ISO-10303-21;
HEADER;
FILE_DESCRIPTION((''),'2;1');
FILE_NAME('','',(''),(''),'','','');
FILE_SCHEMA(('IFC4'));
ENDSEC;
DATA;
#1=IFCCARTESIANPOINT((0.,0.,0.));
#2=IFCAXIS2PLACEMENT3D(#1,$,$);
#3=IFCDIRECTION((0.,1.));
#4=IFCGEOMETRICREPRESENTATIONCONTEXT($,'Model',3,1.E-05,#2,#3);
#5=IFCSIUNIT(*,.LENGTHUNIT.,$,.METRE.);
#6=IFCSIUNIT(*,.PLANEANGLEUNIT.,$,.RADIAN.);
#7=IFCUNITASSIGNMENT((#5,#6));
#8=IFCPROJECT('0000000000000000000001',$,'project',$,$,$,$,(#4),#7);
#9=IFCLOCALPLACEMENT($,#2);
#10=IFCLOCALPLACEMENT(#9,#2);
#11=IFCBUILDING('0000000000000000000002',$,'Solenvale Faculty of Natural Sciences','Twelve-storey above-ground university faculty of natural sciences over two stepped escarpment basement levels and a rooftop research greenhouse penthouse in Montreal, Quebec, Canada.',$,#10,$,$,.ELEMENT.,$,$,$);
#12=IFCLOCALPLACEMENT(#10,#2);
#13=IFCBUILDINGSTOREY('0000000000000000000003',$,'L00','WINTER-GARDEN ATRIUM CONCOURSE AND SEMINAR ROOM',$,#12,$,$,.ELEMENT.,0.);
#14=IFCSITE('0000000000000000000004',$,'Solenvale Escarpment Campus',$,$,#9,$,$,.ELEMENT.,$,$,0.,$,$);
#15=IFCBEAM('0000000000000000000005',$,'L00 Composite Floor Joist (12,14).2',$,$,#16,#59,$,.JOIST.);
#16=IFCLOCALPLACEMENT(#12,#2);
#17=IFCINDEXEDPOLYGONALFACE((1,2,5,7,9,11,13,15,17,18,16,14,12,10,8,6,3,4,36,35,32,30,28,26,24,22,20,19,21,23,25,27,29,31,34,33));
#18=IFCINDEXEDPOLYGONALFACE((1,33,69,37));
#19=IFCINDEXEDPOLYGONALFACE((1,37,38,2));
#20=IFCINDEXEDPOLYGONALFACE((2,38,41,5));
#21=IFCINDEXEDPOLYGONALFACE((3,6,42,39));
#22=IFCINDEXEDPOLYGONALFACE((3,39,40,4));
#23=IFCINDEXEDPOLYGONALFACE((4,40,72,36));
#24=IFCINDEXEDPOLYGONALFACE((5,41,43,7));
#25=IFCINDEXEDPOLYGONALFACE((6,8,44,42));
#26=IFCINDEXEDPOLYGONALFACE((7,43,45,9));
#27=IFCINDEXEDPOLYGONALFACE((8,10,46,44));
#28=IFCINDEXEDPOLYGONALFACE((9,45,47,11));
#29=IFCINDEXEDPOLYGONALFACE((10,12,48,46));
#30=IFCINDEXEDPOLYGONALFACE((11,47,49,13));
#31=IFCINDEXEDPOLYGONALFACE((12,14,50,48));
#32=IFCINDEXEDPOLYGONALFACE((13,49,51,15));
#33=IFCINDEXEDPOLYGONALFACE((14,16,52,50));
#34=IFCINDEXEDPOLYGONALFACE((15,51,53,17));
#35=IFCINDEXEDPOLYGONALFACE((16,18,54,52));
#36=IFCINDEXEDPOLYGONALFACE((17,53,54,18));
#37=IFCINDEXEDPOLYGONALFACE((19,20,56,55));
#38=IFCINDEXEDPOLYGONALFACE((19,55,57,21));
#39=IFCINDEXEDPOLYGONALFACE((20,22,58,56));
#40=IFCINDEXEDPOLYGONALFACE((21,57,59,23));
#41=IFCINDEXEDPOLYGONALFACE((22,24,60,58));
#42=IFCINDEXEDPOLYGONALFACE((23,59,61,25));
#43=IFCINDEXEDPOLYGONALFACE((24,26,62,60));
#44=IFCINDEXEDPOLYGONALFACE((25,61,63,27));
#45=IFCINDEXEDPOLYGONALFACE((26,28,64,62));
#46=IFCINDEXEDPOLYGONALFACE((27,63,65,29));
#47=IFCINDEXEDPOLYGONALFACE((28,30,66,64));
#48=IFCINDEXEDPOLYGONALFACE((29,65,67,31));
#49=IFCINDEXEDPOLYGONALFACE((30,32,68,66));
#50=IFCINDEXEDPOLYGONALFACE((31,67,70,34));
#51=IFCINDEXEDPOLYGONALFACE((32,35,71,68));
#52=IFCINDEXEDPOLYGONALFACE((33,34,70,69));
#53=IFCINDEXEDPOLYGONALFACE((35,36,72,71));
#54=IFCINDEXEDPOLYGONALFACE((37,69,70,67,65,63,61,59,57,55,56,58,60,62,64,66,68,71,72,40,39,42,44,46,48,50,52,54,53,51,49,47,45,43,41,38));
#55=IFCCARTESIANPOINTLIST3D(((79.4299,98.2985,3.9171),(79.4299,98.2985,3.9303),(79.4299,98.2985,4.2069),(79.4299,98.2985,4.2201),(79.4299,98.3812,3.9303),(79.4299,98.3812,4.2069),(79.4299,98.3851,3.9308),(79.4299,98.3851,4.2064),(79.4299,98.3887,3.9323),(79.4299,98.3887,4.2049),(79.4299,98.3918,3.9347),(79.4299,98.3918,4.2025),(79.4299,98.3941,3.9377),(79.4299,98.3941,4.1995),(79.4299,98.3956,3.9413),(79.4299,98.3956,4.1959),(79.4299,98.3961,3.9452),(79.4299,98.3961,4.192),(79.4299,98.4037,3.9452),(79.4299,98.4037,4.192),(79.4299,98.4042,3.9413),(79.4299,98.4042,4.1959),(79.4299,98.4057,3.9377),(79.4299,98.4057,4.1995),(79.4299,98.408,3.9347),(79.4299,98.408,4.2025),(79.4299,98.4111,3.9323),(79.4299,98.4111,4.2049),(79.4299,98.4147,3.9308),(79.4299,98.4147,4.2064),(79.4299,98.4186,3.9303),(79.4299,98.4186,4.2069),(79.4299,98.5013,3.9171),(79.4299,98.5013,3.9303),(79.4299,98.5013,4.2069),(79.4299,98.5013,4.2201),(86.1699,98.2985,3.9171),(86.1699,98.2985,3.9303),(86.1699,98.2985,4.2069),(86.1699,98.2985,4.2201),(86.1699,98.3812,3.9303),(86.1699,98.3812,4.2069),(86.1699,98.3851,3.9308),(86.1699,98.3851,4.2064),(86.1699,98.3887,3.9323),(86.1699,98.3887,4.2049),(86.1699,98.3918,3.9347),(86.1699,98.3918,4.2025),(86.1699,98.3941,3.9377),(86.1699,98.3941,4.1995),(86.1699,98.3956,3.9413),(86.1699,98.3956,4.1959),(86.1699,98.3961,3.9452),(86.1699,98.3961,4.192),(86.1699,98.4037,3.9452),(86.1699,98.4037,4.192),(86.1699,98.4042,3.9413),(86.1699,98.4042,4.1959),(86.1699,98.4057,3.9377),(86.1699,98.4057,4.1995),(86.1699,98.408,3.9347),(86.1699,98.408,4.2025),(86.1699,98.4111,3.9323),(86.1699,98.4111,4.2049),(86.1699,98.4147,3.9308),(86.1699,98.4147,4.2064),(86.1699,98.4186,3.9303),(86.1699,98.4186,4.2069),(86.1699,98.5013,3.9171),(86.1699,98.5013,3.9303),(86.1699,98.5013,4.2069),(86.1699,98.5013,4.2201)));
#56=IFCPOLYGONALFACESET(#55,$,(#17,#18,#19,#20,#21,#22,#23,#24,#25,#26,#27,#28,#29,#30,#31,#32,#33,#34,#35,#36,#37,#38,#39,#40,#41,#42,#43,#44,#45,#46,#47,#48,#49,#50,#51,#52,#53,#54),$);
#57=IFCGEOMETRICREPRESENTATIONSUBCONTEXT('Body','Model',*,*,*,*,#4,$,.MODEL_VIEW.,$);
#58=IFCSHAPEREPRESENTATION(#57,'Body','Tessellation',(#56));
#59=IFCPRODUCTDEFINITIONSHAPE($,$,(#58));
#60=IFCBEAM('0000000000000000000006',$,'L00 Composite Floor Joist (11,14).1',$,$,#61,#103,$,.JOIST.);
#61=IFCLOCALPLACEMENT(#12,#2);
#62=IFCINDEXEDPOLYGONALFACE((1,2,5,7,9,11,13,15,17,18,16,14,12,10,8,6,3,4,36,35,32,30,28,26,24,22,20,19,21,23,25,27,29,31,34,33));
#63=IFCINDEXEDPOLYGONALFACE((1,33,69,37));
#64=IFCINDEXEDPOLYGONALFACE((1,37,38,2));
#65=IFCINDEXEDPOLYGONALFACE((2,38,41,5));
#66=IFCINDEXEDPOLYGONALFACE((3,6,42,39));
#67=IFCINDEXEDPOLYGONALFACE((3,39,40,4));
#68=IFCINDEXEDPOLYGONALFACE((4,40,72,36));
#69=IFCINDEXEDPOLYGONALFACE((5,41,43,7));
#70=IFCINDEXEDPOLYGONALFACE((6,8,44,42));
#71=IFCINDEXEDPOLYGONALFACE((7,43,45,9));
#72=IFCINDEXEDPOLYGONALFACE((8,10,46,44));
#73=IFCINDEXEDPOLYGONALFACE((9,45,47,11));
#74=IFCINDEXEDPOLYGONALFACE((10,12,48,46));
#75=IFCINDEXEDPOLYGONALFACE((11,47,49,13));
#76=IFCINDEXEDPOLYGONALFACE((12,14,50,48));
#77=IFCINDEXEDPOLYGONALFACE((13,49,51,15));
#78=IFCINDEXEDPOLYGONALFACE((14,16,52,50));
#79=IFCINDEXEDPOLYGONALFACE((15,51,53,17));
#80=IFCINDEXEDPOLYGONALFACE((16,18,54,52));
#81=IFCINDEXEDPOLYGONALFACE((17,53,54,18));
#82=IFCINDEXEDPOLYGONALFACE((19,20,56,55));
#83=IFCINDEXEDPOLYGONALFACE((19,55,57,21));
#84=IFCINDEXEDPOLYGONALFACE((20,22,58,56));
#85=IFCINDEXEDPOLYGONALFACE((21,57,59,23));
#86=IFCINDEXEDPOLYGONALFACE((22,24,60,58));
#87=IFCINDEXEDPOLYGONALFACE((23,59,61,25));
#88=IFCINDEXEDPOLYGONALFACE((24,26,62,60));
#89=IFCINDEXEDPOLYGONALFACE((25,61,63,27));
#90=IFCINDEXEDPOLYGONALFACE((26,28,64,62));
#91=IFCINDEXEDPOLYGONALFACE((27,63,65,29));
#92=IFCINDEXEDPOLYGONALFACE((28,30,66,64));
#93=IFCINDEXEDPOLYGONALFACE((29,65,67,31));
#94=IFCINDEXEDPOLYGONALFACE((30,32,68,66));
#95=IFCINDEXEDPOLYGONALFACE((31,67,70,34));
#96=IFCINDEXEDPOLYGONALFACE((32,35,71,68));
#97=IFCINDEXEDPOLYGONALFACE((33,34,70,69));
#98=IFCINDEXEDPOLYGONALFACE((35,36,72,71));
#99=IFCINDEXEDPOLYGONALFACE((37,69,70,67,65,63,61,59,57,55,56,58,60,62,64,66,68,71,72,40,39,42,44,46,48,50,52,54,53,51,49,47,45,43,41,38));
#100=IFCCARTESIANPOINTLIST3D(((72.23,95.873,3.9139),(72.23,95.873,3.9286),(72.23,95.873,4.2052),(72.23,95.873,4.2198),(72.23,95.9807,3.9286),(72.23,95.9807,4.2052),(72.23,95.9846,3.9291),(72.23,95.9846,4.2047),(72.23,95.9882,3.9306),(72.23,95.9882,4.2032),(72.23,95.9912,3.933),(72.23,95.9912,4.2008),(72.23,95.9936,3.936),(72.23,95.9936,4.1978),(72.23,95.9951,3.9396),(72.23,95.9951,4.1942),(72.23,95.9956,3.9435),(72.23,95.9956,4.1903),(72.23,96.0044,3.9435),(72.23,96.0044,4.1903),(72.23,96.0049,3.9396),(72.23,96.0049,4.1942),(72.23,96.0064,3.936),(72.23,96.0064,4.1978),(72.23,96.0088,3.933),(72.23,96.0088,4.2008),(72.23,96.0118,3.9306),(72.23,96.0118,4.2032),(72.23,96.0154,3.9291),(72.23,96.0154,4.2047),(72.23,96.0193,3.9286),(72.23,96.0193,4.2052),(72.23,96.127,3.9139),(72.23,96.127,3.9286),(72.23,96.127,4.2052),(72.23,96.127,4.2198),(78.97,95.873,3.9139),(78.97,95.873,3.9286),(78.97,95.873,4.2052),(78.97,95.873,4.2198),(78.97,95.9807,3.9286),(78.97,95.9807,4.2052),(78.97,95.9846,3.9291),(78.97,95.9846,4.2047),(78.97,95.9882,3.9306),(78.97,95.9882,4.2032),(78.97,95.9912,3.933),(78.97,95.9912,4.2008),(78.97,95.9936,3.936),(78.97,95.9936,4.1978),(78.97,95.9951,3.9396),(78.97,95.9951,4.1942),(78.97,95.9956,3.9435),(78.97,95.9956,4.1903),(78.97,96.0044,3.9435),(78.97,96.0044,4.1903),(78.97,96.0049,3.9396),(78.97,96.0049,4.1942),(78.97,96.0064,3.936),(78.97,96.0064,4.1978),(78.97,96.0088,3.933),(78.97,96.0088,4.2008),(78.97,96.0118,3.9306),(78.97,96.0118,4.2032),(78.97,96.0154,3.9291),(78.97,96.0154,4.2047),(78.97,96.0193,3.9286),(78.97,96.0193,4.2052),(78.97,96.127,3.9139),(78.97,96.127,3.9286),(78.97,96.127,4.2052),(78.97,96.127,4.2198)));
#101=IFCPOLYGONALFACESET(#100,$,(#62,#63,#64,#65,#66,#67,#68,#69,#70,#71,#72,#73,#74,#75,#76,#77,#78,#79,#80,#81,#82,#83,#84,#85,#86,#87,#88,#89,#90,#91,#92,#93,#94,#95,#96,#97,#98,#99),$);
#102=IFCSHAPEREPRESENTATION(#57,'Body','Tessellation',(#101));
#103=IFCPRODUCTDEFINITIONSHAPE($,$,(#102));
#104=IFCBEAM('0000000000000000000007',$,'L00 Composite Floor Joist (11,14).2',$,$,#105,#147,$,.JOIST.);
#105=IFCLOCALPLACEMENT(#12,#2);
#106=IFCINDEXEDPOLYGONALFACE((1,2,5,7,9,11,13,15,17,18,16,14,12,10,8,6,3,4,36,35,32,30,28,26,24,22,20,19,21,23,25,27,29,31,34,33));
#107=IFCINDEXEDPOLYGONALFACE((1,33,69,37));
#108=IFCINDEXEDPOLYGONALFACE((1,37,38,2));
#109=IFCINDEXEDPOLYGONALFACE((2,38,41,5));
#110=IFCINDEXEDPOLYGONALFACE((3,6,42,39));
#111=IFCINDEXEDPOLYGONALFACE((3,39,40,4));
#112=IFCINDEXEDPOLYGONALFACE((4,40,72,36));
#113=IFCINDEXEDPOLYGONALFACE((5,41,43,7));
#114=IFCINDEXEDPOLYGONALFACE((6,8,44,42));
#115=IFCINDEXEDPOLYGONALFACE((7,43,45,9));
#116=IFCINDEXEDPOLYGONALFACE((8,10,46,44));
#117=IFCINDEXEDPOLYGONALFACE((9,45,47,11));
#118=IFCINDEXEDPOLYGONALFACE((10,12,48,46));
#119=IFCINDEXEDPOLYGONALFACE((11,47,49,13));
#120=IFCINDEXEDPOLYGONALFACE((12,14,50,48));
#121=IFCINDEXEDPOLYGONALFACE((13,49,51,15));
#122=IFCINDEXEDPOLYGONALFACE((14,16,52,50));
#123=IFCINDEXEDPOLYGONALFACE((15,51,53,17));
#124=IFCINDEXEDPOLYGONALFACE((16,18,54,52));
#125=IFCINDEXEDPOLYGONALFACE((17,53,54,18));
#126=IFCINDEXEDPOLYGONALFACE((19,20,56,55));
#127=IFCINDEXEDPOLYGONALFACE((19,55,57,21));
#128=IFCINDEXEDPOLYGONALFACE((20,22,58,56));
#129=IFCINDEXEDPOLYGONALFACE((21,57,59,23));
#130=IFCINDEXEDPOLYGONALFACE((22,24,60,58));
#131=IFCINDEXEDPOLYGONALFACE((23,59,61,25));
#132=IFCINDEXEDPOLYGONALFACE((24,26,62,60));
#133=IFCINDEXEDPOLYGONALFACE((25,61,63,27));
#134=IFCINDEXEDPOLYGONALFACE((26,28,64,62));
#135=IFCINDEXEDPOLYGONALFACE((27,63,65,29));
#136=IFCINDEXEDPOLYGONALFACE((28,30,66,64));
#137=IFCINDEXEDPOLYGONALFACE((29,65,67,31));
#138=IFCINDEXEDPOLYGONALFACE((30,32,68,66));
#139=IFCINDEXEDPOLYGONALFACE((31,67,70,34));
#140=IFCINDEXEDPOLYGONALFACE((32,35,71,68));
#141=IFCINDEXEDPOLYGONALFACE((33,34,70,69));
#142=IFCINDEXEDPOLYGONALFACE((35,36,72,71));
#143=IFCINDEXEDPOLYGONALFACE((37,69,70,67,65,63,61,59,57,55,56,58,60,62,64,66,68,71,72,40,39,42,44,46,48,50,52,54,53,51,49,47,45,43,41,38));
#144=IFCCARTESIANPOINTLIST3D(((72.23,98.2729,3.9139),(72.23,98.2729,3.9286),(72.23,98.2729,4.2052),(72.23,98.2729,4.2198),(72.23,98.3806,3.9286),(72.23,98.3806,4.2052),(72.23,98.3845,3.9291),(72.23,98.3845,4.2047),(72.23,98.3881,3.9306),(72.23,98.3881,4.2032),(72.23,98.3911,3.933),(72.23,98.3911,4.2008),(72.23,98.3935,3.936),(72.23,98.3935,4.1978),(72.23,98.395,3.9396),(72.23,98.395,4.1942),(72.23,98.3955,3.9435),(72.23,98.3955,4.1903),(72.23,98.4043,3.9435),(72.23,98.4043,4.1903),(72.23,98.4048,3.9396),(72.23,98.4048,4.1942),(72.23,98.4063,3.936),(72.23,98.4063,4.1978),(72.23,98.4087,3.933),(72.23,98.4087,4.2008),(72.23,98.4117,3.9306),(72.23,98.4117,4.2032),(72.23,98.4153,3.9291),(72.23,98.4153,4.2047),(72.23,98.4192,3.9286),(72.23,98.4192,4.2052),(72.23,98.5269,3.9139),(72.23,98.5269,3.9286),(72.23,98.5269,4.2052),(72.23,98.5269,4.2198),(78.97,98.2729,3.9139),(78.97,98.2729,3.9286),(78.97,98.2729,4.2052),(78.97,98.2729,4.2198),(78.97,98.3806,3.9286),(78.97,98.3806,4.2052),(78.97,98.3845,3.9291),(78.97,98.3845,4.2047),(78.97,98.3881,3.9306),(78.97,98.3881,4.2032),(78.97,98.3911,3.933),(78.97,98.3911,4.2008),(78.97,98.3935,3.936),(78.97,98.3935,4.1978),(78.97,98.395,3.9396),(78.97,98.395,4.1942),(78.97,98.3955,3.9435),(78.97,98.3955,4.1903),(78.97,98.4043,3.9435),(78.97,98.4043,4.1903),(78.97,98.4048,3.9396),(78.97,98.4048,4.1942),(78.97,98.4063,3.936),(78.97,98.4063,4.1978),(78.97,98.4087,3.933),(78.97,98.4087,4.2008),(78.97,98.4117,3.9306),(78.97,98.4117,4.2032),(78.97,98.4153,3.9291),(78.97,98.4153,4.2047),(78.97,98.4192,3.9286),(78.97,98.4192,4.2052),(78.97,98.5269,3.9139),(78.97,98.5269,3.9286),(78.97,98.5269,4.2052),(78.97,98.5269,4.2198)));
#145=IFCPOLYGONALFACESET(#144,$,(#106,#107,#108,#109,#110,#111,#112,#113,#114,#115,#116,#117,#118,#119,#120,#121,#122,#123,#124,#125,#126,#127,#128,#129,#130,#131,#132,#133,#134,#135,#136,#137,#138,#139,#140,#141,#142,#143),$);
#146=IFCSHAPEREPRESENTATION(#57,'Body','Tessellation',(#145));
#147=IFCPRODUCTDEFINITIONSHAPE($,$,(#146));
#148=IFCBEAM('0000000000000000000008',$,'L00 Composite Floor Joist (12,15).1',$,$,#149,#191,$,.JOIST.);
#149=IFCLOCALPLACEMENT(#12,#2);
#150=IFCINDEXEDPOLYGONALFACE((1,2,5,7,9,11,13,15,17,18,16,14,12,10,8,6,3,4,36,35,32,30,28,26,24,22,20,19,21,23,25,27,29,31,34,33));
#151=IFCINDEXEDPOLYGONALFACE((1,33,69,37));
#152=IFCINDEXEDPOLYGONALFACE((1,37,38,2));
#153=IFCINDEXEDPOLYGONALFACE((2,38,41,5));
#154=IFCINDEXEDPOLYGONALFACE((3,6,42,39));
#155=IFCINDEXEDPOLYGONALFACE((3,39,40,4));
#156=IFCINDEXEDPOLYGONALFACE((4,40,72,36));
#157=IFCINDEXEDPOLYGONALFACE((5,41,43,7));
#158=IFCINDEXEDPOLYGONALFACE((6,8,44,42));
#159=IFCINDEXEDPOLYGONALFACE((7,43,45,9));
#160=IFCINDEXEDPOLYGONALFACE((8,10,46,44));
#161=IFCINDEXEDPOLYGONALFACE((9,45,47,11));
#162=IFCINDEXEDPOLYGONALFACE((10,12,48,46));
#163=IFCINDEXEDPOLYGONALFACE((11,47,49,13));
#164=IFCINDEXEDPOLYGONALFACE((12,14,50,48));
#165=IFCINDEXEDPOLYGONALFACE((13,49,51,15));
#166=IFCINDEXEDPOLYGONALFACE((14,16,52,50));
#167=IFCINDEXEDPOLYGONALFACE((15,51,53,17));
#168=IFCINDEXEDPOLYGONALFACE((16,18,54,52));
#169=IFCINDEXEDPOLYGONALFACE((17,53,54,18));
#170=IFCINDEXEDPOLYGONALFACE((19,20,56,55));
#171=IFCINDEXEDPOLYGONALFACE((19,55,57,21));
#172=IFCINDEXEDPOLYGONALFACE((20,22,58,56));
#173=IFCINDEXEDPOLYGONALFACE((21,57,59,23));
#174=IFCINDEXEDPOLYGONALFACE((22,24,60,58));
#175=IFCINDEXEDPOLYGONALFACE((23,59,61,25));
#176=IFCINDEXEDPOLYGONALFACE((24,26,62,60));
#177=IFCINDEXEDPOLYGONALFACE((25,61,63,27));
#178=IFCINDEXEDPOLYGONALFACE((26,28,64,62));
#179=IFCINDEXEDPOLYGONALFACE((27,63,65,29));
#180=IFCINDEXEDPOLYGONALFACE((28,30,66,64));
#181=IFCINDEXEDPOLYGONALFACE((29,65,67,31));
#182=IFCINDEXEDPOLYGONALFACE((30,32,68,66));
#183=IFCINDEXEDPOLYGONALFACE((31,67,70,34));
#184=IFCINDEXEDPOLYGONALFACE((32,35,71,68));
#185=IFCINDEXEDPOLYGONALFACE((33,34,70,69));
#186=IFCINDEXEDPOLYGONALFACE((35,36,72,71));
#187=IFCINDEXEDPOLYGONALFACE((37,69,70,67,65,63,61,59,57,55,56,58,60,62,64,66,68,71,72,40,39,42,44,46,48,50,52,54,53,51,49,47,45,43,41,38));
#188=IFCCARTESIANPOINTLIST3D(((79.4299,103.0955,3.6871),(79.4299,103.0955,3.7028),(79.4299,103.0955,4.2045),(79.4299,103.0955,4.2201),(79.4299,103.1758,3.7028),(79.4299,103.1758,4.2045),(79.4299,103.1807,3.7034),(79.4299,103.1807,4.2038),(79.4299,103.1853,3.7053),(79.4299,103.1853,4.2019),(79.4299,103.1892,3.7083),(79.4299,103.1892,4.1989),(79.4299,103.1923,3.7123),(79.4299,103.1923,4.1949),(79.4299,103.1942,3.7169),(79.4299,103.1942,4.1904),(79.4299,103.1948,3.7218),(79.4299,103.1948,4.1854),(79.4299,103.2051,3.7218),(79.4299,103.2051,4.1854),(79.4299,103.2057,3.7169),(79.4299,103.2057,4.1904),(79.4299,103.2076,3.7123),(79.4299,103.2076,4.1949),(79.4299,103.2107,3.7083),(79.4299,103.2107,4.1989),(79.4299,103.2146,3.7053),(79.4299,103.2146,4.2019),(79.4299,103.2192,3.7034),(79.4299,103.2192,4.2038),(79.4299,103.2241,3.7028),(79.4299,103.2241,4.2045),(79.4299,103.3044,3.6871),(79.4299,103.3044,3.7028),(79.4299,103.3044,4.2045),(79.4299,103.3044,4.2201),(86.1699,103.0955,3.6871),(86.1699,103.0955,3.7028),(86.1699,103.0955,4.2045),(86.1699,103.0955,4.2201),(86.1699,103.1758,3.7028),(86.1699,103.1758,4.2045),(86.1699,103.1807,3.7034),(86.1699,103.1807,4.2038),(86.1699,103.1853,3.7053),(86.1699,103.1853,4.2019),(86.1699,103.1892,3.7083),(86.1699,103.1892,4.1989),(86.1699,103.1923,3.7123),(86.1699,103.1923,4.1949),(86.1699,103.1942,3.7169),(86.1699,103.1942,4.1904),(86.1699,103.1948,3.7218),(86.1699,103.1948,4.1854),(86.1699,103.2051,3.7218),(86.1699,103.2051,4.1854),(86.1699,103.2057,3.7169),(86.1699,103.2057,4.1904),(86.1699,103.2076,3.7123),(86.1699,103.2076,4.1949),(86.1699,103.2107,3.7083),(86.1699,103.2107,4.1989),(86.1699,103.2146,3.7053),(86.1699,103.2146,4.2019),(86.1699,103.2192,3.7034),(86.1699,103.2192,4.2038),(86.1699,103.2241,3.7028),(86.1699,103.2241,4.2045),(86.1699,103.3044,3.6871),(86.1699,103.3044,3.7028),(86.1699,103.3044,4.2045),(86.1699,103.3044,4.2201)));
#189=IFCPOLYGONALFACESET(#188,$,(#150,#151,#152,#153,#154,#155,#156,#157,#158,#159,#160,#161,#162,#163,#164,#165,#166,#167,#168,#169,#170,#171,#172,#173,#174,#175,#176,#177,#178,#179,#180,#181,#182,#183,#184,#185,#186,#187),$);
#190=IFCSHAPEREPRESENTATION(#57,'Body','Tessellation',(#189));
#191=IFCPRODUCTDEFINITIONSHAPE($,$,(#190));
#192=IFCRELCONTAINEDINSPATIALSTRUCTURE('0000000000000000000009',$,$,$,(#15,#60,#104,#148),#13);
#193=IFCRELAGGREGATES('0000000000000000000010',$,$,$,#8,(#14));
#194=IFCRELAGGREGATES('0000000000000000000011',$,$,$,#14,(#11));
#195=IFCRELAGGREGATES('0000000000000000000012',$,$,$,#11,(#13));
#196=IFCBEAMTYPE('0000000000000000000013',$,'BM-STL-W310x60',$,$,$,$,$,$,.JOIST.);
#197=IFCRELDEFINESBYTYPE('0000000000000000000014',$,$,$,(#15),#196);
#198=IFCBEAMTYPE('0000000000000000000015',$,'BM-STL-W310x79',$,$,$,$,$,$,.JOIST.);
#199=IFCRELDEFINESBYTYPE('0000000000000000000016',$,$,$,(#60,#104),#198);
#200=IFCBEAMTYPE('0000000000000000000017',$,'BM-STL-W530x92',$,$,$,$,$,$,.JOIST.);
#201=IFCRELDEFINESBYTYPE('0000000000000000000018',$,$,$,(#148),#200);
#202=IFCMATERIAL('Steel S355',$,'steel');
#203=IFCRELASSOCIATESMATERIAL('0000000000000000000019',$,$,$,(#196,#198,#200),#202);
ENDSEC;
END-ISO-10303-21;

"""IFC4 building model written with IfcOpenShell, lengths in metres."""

from ifc_helpers import new_model, si_unit, direction, frame, origin, origin_2d, place, context, subcontext, project, spatial, i_section, extrude, material, material_profile, profile_set, type_object, element, save


model = new_model("IFC4")

# Units and contexts
model_context = context("Model", 3, precision=1e-05, world=origin(), true_north=direction((0.0, 1.0)))
body_context = subcontext(model_context, "Body", "Model", "MODEL_VIEW")
ifc_project = project(units=[si_unit("LENGTHUNIT", "METRE"), si_unit("PLANEANGLEUNIT", "RADIAN")], contexts=[model_context])

# Site, building, storey
site_placement = place(None, origin())
site = spatial("IfcSite", under=ifc_project, at=site_placement, Name="Solenvale Escarpment Campus", CompositionType="ELEMENT", RefElevation=0.0)
building_placement = place(site_placement, origin())
building = spatial("IfcBuilding", under=site, at=building_placement, Name="Solenvale Faculty of Natural Sciences", Description="Twelve-storey above-ground university faculty of natural sciences over two stepped escarpment basement levels and a rooftop research greenhouse penthouse in Montreal, Quebec, Canada.", CompositionType="ELEMENT")
storey_placement = place(building_placement, origin())
storey = spatial("IfcBuildingStorey", under=building, at=storey_placement, Name="L00", Description="WINTER-GARDEN ATRIUM CONCOURSE AND SEMINAR ROOM", CompositionType="ELEMENT", Elevation=0.0)

# Beams
ifc_material_1 = material(Name="Steel S355", Category="steel")
ifc_material_profile_1 = material_profile(ifc_material_1, i_section(OverallWidth=0.2029, OverallDepth=0.303, WebThickness=0.0076, FlangeThickness=0.0132, FilletRadius=0.0149, at=origin_2d()), Name="W310x60")
ifc_profile_set_1 = profile_set([ifc_material_profile_1], Name="Steel S355")
beam_type_1 = type_object("IfcBeamType", Name="BM-STL-W310x60", PredefinedType="JOIST", material=ifc_profile_set_1)
for number, where, z_axis, x_axis, name in (
    (1, (79.4299, 98.3999, 4.0686), (1.0, 0.0, 0.0), (0.0, 1.0, 0.0), "L00 Composite Floor Joist (12,14).2"),
):
    element("IfcBeam", number, at=place(storey_placement, frame(where, z_axis=z_axis, x_axis=x_axis)), inside=storey, type_object=beam_type_1, Name=name, PredefinedType="JOIST", context=body_context, shape_type="SweptSolid", body=[
        extrude(i_section(OverallWidth=0.2029, OverallDepth=0.303, WebThickness=0.0076, FlangeThickness=0.0132, FilletRadius=0.0149, at=origin_2d()), origin(), (0.0, 0.0, 1.0), 6.74),
    ])
ifc_material_profile_2 = material_profile(ifc_material_1, i_section(OverallWidth=0.2539, OverallDepth=0.3059, WebThickness=0.0088, FlangeThickness=0.0146, FilletRadius=0.0149, at=origin_2d()), Name="W310x79")
ifc_profile_set_2 = profile_set([ifc_material_profile_2], Name="Steel S355")
beam_type_2 = type_object("IfcBeamType", Name="BM-STL-W310x79", PredefinedType="JOIST", material=ifc_profile_set_2)
for number, where, z_axis, x_axis, name in (
    (2, (72.23, 96.0, 4.0669), (1.0, 0.0, 0.0), (0.0, 1.0, 0.0), "L00 Composite Floor Joist (11,14).1"),
    (3, (72.23, 98.3999, 4.0669), (1.0, 0.0, 0.0), (0.0, 1.0, 0.0), "L00 Composite Floor Joist (11,14).2"),
):
    element("IfcBeam", number, at=place(storey_placement, frame(where, z_axis=z_axis, x_axis=x_axis)), inside=storey, type_object=beam_type_2, Name=name, PredefinedType="JOIST", context=body_context, shape_type="SweptSolid", body=[
        extrude(i_section(OverallWidth=0.2539, OverallDepth=0.3059, WebThickness=0.0088, FlangeThickness=0.0146, FilletRadius=0.0149, at=origin_2d()), origin(), (0.0, 0.0, 1.0), 6.74),
    ])
ifc_material_profile_3 = material_profile(ifc_material_1, i_section(OverallWidth=0.209, OverallDepth=0.533, WebThickness=0.0103, FlangeThickness=0.0156, FilletRadius=0.019, at=origin_2d()), Name="W530x92")
ifc_profile_set_3 = profile_set([ifc_material_profile_3], Name="Steel S355")
beam_type_3 = type_object("IfcBeamType", Name="BM-STL-W530x92", PredefinedType="JOIST", material=ifc_profile_set_3)
beam_placement = place(storey_placement, frame((79.4299, 103.2, 3.9536), z_axis=(1.0, 0.0, 0.0), x_axis=(0.0, 1.0, 0.0)))
element("IfcBeam", 4, at=beam_placement, inside=storey, type_object=beam_type_3, Name="L00 Composite Floor Joist (12,15).1", PredefinedType="JOIST", context=body_context, shape_type="SweptSolid", body=[
    extrude(i_section(OverallWidth=0.209, OverallDepth=0.533, WebThickness=0.0103, FlangeThickness=0.0156, FilletRadius=0.019, at=origin_2d()), origin(), (0.0, 0.0, 1.0), 6.74),
])

save(model, "model.ifc")
